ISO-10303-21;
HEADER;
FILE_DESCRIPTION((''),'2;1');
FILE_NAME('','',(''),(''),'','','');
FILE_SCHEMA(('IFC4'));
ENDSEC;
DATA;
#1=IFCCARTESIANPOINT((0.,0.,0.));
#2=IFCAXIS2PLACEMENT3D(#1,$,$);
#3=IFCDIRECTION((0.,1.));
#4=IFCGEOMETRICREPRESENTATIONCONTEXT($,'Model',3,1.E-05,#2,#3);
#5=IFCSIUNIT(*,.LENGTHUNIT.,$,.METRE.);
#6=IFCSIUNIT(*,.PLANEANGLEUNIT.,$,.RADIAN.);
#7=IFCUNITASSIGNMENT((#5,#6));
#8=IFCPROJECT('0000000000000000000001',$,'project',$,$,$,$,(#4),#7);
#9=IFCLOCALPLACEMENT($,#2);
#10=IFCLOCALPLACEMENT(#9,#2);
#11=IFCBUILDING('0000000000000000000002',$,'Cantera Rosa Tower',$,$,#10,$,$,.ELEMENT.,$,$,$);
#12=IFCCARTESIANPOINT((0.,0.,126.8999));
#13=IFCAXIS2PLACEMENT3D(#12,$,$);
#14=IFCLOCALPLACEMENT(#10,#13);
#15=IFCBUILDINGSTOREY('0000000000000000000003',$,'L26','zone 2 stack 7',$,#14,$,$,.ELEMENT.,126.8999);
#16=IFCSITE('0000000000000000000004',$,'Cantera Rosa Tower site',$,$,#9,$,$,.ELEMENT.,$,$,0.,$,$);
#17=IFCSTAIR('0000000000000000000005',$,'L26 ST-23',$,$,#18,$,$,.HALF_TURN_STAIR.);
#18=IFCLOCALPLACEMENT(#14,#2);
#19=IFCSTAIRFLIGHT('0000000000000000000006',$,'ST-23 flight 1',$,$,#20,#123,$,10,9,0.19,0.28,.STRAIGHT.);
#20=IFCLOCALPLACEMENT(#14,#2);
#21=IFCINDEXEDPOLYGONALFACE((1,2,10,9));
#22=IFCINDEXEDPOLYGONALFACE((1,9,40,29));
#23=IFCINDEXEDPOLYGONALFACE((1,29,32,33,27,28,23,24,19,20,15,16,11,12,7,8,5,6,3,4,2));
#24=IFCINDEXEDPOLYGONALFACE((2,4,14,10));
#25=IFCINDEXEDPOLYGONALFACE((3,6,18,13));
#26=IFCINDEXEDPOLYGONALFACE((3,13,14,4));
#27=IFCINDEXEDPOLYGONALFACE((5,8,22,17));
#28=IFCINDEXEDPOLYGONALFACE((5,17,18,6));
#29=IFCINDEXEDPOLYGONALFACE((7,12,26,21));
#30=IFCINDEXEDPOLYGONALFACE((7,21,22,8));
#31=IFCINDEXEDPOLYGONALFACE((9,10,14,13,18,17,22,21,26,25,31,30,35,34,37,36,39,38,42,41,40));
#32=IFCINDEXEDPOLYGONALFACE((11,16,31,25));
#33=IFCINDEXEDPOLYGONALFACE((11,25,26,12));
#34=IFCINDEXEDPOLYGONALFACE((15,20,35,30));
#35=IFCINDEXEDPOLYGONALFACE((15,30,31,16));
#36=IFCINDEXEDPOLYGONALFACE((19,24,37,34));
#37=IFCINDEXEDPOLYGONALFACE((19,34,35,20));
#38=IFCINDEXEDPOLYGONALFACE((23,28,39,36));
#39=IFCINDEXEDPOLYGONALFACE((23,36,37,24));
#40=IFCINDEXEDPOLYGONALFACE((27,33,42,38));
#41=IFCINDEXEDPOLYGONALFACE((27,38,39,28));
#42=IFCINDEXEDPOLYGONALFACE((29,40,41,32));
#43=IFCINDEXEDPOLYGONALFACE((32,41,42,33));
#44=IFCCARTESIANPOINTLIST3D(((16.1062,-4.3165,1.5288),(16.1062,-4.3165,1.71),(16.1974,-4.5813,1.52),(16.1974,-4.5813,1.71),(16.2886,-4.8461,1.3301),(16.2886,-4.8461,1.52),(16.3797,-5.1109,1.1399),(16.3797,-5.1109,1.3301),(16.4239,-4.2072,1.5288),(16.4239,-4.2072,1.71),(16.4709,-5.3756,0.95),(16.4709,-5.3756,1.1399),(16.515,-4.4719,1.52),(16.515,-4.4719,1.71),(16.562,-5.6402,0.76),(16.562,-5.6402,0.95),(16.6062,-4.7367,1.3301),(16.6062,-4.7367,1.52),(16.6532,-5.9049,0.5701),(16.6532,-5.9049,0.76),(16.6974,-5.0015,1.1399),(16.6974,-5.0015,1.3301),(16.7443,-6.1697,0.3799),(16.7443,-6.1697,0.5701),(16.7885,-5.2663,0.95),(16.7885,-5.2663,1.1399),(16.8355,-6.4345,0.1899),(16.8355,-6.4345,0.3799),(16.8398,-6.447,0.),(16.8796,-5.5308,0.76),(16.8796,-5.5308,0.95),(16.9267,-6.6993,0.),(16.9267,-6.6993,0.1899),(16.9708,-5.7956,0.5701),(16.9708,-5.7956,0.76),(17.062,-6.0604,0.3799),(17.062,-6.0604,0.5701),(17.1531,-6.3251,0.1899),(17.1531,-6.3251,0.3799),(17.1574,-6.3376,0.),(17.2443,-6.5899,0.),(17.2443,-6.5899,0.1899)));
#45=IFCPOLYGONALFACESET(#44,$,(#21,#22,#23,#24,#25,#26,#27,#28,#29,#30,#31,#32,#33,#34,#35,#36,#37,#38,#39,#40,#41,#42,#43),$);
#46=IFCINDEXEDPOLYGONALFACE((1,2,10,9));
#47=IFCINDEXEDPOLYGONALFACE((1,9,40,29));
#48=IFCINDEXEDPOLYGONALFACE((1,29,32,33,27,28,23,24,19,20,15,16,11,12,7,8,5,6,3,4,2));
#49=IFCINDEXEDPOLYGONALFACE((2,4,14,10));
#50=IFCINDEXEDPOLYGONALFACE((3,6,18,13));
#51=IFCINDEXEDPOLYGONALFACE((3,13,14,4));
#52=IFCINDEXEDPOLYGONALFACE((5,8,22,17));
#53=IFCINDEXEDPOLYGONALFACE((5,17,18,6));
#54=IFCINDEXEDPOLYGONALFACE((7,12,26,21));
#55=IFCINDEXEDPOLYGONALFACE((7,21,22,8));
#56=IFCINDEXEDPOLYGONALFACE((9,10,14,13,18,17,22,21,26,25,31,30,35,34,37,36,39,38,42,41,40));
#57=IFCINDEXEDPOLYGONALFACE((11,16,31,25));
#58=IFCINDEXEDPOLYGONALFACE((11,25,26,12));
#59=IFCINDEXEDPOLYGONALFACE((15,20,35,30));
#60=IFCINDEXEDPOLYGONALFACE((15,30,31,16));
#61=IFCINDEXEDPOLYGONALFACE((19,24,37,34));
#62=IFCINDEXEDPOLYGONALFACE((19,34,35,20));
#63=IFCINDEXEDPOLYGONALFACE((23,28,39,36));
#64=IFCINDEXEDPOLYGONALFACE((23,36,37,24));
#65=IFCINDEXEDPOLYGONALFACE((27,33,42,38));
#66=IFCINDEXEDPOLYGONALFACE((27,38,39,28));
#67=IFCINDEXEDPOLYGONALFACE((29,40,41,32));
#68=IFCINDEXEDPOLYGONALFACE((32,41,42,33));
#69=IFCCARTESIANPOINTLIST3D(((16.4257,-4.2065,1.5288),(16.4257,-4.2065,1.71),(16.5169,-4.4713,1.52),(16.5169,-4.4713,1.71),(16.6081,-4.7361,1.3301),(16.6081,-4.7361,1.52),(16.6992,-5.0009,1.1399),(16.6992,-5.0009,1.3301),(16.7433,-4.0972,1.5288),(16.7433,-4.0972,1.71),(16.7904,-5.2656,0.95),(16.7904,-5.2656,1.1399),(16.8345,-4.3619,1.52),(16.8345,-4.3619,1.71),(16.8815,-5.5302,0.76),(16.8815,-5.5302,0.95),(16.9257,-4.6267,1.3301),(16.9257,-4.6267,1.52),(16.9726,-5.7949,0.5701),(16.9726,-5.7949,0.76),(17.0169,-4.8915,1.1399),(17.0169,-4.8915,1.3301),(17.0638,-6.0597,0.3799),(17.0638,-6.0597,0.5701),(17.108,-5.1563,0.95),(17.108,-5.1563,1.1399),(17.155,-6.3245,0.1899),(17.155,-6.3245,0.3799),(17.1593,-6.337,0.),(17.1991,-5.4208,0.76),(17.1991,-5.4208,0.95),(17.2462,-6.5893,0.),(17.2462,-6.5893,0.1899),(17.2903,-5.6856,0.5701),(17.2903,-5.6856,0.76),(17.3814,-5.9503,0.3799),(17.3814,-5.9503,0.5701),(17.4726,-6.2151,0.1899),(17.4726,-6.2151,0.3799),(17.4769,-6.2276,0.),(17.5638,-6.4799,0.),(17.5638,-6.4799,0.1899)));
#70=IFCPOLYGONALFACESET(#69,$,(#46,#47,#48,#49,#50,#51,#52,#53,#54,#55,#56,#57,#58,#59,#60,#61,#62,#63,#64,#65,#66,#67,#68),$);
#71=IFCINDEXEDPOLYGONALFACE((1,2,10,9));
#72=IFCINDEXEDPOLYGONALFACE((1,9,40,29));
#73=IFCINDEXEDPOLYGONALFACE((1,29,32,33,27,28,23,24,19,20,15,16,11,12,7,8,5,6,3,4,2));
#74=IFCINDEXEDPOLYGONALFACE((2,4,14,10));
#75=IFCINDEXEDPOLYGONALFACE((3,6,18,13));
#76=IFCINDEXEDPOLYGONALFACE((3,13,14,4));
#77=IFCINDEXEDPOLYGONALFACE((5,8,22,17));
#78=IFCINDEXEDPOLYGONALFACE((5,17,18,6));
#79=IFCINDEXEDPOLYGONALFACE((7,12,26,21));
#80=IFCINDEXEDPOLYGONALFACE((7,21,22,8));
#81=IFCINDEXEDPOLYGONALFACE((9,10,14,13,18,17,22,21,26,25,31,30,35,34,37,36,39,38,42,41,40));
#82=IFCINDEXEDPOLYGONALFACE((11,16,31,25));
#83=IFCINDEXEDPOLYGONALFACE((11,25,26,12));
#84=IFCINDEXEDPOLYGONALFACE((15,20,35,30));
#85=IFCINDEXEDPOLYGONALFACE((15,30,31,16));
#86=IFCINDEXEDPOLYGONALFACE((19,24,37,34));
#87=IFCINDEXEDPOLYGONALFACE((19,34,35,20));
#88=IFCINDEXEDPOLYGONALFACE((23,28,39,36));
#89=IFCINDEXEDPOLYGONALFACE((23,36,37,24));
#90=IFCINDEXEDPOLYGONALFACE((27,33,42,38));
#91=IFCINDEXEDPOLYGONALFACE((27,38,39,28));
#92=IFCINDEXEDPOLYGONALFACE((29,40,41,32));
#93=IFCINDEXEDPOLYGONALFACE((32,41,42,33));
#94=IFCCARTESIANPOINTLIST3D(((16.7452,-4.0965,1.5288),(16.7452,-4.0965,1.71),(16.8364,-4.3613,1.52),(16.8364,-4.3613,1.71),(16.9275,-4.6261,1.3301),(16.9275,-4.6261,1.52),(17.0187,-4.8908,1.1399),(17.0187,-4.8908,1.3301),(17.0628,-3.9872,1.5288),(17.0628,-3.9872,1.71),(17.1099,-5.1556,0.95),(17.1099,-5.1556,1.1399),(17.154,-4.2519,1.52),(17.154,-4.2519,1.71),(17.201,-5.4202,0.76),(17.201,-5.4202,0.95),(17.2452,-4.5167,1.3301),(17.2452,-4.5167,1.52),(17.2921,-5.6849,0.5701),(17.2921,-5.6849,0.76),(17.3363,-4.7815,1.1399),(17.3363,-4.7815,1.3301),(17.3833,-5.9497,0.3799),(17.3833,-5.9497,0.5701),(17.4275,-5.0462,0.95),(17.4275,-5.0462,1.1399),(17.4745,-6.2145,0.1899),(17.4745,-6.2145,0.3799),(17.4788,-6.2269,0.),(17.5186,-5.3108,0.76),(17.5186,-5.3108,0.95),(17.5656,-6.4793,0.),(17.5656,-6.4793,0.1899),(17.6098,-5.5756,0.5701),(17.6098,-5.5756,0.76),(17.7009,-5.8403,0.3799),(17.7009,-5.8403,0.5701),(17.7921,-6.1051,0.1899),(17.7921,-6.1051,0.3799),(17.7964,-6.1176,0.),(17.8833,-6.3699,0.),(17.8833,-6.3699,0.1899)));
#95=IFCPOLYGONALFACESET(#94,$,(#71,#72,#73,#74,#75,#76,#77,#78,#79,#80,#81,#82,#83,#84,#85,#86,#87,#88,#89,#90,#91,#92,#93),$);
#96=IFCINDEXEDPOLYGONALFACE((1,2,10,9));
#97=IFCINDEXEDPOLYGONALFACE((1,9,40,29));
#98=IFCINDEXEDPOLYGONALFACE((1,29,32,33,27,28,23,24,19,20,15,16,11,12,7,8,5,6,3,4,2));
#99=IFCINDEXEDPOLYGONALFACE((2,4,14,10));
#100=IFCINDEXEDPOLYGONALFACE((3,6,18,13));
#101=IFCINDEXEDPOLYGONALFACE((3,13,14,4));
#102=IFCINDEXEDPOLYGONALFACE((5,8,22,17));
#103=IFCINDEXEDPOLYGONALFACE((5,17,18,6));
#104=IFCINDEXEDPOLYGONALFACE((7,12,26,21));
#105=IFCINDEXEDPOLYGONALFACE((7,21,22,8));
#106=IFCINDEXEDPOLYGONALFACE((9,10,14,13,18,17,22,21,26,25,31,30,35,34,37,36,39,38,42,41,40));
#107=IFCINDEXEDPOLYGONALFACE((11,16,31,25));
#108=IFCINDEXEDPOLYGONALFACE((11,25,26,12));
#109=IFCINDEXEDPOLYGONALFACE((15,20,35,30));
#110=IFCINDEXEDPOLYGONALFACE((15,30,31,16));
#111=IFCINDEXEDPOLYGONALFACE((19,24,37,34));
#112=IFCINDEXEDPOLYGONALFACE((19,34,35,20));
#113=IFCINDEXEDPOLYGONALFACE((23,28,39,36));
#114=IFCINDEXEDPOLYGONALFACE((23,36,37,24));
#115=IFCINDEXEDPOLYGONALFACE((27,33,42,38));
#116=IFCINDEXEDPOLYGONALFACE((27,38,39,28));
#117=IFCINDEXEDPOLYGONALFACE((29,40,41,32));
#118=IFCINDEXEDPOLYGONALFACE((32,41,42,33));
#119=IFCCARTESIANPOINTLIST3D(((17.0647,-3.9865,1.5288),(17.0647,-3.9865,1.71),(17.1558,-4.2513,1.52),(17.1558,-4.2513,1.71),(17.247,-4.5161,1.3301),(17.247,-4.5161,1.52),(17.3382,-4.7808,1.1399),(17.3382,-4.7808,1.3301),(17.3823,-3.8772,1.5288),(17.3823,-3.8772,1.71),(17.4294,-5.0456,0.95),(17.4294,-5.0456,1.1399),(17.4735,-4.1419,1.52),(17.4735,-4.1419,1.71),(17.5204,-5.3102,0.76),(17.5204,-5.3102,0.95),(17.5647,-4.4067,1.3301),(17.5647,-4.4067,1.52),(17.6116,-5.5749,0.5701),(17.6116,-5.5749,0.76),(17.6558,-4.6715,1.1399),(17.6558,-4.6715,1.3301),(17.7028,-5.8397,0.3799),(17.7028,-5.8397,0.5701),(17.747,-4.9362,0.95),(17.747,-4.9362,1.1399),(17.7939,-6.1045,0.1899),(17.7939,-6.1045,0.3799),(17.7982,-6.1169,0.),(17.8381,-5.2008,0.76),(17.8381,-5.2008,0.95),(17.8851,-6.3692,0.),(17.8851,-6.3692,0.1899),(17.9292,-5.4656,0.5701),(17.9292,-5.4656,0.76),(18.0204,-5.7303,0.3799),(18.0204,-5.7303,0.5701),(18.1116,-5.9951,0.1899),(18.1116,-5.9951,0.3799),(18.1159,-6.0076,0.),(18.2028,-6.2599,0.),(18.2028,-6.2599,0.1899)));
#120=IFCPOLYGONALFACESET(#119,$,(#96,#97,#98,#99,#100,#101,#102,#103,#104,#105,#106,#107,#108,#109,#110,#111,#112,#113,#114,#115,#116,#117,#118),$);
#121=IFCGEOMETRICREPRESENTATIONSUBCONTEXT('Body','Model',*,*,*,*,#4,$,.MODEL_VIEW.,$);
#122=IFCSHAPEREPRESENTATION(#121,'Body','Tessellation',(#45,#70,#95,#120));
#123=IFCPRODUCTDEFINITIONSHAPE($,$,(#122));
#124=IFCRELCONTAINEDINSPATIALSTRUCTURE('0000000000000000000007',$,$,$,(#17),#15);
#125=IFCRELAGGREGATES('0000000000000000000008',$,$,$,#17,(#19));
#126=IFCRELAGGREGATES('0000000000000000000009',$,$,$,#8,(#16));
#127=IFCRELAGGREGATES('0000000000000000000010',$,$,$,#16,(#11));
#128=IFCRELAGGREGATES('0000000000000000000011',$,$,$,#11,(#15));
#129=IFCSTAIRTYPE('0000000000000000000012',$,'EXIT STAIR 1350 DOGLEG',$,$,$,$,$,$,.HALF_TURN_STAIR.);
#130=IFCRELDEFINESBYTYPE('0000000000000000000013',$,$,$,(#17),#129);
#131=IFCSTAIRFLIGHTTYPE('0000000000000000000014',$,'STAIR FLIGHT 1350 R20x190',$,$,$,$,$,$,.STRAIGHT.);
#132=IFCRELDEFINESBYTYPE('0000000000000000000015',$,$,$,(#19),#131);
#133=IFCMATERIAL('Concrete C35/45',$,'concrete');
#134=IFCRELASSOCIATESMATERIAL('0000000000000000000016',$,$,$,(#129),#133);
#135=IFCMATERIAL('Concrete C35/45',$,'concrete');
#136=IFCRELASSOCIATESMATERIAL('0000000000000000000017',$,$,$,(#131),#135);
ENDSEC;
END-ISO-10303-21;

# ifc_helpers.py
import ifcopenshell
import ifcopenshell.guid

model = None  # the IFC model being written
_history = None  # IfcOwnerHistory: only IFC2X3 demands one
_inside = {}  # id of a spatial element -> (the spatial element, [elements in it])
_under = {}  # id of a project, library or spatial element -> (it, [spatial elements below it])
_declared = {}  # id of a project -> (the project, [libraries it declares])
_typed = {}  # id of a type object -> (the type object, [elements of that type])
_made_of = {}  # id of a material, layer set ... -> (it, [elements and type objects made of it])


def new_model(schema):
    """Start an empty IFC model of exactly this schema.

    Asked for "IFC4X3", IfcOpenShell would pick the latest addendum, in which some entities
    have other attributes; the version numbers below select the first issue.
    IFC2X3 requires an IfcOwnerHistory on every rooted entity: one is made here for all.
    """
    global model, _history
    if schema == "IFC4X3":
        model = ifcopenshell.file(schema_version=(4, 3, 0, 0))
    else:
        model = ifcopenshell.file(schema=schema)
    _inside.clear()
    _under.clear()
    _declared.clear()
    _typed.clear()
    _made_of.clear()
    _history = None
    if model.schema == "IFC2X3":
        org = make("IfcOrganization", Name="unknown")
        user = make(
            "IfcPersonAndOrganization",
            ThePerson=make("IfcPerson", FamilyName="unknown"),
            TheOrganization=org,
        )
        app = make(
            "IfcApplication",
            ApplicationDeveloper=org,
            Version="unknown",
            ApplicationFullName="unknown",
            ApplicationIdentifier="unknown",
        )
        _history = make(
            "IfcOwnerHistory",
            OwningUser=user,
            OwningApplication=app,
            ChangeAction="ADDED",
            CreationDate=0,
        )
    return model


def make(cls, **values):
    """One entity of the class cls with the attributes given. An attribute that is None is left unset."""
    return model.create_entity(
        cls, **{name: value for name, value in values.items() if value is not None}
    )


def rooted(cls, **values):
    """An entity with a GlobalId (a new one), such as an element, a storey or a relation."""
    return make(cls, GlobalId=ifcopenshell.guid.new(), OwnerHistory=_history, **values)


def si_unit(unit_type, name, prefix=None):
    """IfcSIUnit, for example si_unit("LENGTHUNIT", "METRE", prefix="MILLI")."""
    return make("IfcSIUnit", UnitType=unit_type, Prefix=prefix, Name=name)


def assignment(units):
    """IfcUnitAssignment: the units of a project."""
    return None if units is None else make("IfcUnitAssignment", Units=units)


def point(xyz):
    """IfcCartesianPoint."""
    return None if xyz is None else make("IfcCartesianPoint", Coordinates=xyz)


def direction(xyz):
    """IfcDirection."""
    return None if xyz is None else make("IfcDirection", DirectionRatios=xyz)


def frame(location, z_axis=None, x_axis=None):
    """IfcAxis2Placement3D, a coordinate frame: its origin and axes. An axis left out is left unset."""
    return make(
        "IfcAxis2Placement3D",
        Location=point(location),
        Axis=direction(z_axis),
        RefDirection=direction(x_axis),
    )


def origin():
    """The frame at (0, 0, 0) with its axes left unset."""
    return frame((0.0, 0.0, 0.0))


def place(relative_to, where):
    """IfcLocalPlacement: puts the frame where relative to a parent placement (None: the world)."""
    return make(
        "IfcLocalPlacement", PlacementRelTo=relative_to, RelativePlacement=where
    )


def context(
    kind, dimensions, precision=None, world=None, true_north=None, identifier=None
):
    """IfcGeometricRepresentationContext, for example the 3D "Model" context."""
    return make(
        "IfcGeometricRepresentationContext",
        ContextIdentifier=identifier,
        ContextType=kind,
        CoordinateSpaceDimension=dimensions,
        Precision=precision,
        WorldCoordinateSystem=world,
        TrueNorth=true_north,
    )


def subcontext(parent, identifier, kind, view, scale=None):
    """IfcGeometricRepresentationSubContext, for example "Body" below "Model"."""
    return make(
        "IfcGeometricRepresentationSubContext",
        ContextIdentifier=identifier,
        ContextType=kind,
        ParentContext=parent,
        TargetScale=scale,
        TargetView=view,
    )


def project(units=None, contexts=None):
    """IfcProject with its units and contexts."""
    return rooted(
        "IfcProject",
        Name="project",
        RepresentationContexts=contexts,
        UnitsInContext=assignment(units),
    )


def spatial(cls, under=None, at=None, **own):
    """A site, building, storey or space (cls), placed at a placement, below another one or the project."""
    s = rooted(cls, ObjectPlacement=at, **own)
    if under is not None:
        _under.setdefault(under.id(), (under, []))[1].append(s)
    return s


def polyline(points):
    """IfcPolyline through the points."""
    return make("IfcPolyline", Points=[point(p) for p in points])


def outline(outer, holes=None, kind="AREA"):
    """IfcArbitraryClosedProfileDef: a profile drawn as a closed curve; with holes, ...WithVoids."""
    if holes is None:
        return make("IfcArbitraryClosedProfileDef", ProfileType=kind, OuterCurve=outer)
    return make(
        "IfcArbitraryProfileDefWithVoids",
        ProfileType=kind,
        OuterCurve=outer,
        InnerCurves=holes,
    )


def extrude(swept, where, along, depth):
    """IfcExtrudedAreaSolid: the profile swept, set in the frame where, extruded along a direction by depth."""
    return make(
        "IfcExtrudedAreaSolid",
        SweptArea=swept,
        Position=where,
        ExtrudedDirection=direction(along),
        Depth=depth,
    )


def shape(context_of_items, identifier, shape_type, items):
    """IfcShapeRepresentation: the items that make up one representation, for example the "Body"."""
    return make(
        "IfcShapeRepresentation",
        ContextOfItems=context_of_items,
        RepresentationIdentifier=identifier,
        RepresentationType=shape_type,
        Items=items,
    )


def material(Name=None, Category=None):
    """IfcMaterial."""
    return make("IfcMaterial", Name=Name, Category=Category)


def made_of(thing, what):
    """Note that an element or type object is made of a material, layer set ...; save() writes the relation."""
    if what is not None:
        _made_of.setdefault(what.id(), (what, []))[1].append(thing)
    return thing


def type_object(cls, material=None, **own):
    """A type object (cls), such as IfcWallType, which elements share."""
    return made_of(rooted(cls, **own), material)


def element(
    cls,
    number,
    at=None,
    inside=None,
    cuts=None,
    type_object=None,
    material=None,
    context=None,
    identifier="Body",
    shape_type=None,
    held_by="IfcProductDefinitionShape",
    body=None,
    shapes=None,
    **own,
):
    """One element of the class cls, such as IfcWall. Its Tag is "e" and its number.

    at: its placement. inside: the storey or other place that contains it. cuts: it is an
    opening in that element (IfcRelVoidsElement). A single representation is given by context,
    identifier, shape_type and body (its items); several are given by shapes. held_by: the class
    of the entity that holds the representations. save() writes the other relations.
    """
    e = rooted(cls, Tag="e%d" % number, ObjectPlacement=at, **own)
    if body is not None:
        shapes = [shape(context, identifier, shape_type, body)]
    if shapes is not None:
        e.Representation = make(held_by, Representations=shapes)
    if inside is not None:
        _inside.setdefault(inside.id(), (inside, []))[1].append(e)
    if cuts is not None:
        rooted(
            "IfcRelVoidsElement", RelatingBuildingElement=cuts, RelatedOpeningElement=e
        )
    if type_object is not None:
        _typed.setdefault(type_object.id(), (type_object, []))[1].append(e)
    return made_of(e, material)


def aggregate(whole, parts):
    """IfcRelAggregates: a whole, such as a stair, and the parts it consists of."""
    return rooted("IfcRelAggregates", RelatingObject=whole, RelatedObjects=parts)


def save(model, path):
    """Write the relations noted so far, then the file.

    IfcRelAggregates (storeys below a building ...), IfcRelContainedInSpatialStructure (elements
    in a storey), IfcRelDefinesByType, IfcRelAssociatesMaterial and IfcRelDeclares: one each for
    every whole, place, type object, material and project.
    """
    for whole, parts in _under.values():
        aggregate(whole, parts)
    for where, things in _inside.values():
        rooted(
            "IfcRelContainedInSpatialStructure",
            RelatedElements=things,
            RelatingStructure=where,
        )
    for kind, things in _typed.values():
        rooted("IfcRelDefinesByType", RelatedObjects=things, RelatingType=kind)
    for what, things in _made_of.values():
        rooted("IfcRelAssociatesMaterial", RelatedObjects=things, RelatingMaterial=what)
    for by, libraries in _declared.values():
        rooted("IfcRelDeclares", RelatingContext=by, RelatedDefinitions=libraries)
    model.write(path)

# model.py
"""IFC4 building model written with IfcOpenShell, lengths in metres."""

from ifc_helpers import new_model, si_unit, direction, frame, origin, place, context, subcontext, project, spatial, polyline, outline, extrude, material, type_object, element, aggregate, save


model = new_model("IFC4")

# Units and contexts
model_context = context("Model", 3, precision=1e-05, world=origin(), true_north=direction((0.0, 1.0)))
body_context = subcontext(model_context, "Body", "Model", "MODEL_VIEW")
ifc_project = project(units=[si_unit("LENGTHUNIT", "METRE"), si_unit("PLANEANGLEUNIT", "RADIAN")], contexts=[model_context])

# Site, building, storey
site_placement = place(None, origin())
site = spatial("IfcSite", under=ifc_project, at=site_placement, Name="Cantera Rosa Tower site", CompositionType="ELEMENT", RefElevation=0.0)
building_placement = place(site_placement, origin())
building = spatial("IfcBuilding", under=site, at=building_placement, Name="Cantera Rosa Tower", CompositionType="ELEMENT")
storey_placement = place(building_placement, frame((0.0, 0.0, 126.8999)))
storey = spatial("IfcBuildingStorey", under=building, at=storey_placement, Name="L26", Description="zone 2 stack 7", CompositionType="ELEMENT", Elevation=126.8999)

# Stair, stair flight
ifc_material_1 = material(Name="Concrete C35/45", Category="concrete")
stair_type = type_object("IfcStairType", Name="EXIT STAIR 1350 DOGLEG", PredefinedType="HALF_TURN_STAIR", material=ifc_material_1)
stair_placement = place(storey_placement, origin())
stair = element("IfcStair", 1, at=stair_placement, inside=storey, type_object=stair_type, Name="L26 ST-23", PredefinedType="HALF_TURN_STAIR")
ifc_material_2 = material(Name="Concrete C35/45", Category="concrete")
stair_flight_type = type_object("IfcStairFlightType", Name="STAIR FLIGHT 1350 R20x190", PredefinedType="STRAIGHT", material=ifc_material_2)
stair_flight_1_placement = place(storey_placement, frame((17.5649, -6.4795, 0.0), z_axis=(0.0, 0.0, 1.0), x_axis=(-0.325568, 0.945519, 0.0)))
stair_flight_1 = element("IfcStairFlight", 2, at=stair_flight_1_placement, type_object=stair_flight_type, Name="ST-23 flight 1", NumberOfRisers=10, NumberOfTreads=9, PredefinedType="STRAIGHT", RiserHeight=0.19, TreadLength=0.28, context=body_context, shape_type="SweptSolid", body=[
    extrude(outline(polyline([(0.0, 0.0), (0.0, 0.1899), (0.28, 0.1899), (0.28, 0.3799), (0.5601, 0.3799), (0.5601, 0.5701), (0.8401, 0.5701), (0.8401, 0.76), (1.1201, 0.76), (1.1201, 0.95), (1.3999, 0.95), (1.3999, 1.1399), (1.6799, 1.1399), (1.6799, 1.3301), (1.96, 1.3301), (1.96, 1.52), (2.24, 1.52), (2.24, 1.71), (2.52, 1.71), (2.52, 1.8999), (2.52, 1.5288), (0.2668, 0.0), (0.0, 0.0)])), frame((0.0, 0.675, 0.0), z_axis=(0.0, -1.0, 0.0), x_axis=(1.0, 0.0, 0.0)), (0.0, 0.0, 1.0), 0.3359),
    extrude(outline(polyline([(0.0, 0.0), (0.0, 0.1899), (0.28, 0.1899), (0.28, 0.3799), (0.5601, 0.3799), (0.5601, 0.5701), (0.8401, 0.5701), (0.8401, 0.76), (1.1201, 0.76), (1.1201, 0.95), (1.3999, 0.95), (1.3999, 1.1399), (1.6799, 1.1399), (1.6799, 1.3301), (1.96, 1.3301), (1.96, 1.52), (2.24, 1.52), (2.24, 1.71), (2.52, 1.71), (2.52, 1.8999), (2.52, 1.5288), (0.2668, 0.0), (0.0, 0.0)])), frame((0.0, 0.3372, 0.0), z_axis=(0.0, -1.0, 0.0), x_axis=(1.0, 0.0, 0.0)), (0.0, 0.0, 1.0), 0.3359),
    extrude(outline(polyline([(0.0, 0.0), (0.0, 0.1899), (0.28, 0.1899), (0.28, 0.3799), (0.5601, 0.3799), (0.5601, 0.5701), (0.8401, 0.5701), (0.8401, 0.76), (1.1201, 0.76), (1.1201, 0.95), (1.3999, 0.95), (1.3999, 1.1399), (1.6799, 1.1399), (1.6799, 1.3301), (1.96, 1.3301), (1.96, 1.52), (2.24, 1.52), (2.24, 1.71), (2.52, 1.71), (2.52, 1.8999), (2.52, 1.5288), (0.2668, 0.0), (0.0, 0.0)])), frame((0.0, -0.0007, 0.0), z_axis=(0.0, -1.0, 0.0), x_axis=(1.0, 0.0, 0.0)), (0.0, 0.0, 1.0), 0.3359),
    extrude(outline(polyline([(0.0, 0.0), (0.0, 0.1899), (0.28, 0.1899), (0.28, 0.3799), (0.5601, 0.3799), (0.5601, 0.5701), (0.8401, 0.5701), (0.8401, 0.76), (1.1201, 0.76), (1.1201, 0.95), (1.3999, 0.95), (1.3999, 1.1399), (1.6799, 1.1399), (1.6799, 1.3301), (1.96, 1.3301), (1.96, 1.52), (2.24, 1.52), (2.24, 1.71), (2.52, 1.71), (2.52, 1.8999), (2.52, 1.5288), (0.2668, 0.0), (0.0, 0.0)])), frame((0.0, -0.3386, 0.0), z_axis=(0.0, -1.0, 0.0), x_axis=(1.0, 0.0, 0.0)), (0.0, 0.0, 1.0), 0.3359),
])
aggregate(stair, [stair_flight_1])

save(model, "model.ifc")
